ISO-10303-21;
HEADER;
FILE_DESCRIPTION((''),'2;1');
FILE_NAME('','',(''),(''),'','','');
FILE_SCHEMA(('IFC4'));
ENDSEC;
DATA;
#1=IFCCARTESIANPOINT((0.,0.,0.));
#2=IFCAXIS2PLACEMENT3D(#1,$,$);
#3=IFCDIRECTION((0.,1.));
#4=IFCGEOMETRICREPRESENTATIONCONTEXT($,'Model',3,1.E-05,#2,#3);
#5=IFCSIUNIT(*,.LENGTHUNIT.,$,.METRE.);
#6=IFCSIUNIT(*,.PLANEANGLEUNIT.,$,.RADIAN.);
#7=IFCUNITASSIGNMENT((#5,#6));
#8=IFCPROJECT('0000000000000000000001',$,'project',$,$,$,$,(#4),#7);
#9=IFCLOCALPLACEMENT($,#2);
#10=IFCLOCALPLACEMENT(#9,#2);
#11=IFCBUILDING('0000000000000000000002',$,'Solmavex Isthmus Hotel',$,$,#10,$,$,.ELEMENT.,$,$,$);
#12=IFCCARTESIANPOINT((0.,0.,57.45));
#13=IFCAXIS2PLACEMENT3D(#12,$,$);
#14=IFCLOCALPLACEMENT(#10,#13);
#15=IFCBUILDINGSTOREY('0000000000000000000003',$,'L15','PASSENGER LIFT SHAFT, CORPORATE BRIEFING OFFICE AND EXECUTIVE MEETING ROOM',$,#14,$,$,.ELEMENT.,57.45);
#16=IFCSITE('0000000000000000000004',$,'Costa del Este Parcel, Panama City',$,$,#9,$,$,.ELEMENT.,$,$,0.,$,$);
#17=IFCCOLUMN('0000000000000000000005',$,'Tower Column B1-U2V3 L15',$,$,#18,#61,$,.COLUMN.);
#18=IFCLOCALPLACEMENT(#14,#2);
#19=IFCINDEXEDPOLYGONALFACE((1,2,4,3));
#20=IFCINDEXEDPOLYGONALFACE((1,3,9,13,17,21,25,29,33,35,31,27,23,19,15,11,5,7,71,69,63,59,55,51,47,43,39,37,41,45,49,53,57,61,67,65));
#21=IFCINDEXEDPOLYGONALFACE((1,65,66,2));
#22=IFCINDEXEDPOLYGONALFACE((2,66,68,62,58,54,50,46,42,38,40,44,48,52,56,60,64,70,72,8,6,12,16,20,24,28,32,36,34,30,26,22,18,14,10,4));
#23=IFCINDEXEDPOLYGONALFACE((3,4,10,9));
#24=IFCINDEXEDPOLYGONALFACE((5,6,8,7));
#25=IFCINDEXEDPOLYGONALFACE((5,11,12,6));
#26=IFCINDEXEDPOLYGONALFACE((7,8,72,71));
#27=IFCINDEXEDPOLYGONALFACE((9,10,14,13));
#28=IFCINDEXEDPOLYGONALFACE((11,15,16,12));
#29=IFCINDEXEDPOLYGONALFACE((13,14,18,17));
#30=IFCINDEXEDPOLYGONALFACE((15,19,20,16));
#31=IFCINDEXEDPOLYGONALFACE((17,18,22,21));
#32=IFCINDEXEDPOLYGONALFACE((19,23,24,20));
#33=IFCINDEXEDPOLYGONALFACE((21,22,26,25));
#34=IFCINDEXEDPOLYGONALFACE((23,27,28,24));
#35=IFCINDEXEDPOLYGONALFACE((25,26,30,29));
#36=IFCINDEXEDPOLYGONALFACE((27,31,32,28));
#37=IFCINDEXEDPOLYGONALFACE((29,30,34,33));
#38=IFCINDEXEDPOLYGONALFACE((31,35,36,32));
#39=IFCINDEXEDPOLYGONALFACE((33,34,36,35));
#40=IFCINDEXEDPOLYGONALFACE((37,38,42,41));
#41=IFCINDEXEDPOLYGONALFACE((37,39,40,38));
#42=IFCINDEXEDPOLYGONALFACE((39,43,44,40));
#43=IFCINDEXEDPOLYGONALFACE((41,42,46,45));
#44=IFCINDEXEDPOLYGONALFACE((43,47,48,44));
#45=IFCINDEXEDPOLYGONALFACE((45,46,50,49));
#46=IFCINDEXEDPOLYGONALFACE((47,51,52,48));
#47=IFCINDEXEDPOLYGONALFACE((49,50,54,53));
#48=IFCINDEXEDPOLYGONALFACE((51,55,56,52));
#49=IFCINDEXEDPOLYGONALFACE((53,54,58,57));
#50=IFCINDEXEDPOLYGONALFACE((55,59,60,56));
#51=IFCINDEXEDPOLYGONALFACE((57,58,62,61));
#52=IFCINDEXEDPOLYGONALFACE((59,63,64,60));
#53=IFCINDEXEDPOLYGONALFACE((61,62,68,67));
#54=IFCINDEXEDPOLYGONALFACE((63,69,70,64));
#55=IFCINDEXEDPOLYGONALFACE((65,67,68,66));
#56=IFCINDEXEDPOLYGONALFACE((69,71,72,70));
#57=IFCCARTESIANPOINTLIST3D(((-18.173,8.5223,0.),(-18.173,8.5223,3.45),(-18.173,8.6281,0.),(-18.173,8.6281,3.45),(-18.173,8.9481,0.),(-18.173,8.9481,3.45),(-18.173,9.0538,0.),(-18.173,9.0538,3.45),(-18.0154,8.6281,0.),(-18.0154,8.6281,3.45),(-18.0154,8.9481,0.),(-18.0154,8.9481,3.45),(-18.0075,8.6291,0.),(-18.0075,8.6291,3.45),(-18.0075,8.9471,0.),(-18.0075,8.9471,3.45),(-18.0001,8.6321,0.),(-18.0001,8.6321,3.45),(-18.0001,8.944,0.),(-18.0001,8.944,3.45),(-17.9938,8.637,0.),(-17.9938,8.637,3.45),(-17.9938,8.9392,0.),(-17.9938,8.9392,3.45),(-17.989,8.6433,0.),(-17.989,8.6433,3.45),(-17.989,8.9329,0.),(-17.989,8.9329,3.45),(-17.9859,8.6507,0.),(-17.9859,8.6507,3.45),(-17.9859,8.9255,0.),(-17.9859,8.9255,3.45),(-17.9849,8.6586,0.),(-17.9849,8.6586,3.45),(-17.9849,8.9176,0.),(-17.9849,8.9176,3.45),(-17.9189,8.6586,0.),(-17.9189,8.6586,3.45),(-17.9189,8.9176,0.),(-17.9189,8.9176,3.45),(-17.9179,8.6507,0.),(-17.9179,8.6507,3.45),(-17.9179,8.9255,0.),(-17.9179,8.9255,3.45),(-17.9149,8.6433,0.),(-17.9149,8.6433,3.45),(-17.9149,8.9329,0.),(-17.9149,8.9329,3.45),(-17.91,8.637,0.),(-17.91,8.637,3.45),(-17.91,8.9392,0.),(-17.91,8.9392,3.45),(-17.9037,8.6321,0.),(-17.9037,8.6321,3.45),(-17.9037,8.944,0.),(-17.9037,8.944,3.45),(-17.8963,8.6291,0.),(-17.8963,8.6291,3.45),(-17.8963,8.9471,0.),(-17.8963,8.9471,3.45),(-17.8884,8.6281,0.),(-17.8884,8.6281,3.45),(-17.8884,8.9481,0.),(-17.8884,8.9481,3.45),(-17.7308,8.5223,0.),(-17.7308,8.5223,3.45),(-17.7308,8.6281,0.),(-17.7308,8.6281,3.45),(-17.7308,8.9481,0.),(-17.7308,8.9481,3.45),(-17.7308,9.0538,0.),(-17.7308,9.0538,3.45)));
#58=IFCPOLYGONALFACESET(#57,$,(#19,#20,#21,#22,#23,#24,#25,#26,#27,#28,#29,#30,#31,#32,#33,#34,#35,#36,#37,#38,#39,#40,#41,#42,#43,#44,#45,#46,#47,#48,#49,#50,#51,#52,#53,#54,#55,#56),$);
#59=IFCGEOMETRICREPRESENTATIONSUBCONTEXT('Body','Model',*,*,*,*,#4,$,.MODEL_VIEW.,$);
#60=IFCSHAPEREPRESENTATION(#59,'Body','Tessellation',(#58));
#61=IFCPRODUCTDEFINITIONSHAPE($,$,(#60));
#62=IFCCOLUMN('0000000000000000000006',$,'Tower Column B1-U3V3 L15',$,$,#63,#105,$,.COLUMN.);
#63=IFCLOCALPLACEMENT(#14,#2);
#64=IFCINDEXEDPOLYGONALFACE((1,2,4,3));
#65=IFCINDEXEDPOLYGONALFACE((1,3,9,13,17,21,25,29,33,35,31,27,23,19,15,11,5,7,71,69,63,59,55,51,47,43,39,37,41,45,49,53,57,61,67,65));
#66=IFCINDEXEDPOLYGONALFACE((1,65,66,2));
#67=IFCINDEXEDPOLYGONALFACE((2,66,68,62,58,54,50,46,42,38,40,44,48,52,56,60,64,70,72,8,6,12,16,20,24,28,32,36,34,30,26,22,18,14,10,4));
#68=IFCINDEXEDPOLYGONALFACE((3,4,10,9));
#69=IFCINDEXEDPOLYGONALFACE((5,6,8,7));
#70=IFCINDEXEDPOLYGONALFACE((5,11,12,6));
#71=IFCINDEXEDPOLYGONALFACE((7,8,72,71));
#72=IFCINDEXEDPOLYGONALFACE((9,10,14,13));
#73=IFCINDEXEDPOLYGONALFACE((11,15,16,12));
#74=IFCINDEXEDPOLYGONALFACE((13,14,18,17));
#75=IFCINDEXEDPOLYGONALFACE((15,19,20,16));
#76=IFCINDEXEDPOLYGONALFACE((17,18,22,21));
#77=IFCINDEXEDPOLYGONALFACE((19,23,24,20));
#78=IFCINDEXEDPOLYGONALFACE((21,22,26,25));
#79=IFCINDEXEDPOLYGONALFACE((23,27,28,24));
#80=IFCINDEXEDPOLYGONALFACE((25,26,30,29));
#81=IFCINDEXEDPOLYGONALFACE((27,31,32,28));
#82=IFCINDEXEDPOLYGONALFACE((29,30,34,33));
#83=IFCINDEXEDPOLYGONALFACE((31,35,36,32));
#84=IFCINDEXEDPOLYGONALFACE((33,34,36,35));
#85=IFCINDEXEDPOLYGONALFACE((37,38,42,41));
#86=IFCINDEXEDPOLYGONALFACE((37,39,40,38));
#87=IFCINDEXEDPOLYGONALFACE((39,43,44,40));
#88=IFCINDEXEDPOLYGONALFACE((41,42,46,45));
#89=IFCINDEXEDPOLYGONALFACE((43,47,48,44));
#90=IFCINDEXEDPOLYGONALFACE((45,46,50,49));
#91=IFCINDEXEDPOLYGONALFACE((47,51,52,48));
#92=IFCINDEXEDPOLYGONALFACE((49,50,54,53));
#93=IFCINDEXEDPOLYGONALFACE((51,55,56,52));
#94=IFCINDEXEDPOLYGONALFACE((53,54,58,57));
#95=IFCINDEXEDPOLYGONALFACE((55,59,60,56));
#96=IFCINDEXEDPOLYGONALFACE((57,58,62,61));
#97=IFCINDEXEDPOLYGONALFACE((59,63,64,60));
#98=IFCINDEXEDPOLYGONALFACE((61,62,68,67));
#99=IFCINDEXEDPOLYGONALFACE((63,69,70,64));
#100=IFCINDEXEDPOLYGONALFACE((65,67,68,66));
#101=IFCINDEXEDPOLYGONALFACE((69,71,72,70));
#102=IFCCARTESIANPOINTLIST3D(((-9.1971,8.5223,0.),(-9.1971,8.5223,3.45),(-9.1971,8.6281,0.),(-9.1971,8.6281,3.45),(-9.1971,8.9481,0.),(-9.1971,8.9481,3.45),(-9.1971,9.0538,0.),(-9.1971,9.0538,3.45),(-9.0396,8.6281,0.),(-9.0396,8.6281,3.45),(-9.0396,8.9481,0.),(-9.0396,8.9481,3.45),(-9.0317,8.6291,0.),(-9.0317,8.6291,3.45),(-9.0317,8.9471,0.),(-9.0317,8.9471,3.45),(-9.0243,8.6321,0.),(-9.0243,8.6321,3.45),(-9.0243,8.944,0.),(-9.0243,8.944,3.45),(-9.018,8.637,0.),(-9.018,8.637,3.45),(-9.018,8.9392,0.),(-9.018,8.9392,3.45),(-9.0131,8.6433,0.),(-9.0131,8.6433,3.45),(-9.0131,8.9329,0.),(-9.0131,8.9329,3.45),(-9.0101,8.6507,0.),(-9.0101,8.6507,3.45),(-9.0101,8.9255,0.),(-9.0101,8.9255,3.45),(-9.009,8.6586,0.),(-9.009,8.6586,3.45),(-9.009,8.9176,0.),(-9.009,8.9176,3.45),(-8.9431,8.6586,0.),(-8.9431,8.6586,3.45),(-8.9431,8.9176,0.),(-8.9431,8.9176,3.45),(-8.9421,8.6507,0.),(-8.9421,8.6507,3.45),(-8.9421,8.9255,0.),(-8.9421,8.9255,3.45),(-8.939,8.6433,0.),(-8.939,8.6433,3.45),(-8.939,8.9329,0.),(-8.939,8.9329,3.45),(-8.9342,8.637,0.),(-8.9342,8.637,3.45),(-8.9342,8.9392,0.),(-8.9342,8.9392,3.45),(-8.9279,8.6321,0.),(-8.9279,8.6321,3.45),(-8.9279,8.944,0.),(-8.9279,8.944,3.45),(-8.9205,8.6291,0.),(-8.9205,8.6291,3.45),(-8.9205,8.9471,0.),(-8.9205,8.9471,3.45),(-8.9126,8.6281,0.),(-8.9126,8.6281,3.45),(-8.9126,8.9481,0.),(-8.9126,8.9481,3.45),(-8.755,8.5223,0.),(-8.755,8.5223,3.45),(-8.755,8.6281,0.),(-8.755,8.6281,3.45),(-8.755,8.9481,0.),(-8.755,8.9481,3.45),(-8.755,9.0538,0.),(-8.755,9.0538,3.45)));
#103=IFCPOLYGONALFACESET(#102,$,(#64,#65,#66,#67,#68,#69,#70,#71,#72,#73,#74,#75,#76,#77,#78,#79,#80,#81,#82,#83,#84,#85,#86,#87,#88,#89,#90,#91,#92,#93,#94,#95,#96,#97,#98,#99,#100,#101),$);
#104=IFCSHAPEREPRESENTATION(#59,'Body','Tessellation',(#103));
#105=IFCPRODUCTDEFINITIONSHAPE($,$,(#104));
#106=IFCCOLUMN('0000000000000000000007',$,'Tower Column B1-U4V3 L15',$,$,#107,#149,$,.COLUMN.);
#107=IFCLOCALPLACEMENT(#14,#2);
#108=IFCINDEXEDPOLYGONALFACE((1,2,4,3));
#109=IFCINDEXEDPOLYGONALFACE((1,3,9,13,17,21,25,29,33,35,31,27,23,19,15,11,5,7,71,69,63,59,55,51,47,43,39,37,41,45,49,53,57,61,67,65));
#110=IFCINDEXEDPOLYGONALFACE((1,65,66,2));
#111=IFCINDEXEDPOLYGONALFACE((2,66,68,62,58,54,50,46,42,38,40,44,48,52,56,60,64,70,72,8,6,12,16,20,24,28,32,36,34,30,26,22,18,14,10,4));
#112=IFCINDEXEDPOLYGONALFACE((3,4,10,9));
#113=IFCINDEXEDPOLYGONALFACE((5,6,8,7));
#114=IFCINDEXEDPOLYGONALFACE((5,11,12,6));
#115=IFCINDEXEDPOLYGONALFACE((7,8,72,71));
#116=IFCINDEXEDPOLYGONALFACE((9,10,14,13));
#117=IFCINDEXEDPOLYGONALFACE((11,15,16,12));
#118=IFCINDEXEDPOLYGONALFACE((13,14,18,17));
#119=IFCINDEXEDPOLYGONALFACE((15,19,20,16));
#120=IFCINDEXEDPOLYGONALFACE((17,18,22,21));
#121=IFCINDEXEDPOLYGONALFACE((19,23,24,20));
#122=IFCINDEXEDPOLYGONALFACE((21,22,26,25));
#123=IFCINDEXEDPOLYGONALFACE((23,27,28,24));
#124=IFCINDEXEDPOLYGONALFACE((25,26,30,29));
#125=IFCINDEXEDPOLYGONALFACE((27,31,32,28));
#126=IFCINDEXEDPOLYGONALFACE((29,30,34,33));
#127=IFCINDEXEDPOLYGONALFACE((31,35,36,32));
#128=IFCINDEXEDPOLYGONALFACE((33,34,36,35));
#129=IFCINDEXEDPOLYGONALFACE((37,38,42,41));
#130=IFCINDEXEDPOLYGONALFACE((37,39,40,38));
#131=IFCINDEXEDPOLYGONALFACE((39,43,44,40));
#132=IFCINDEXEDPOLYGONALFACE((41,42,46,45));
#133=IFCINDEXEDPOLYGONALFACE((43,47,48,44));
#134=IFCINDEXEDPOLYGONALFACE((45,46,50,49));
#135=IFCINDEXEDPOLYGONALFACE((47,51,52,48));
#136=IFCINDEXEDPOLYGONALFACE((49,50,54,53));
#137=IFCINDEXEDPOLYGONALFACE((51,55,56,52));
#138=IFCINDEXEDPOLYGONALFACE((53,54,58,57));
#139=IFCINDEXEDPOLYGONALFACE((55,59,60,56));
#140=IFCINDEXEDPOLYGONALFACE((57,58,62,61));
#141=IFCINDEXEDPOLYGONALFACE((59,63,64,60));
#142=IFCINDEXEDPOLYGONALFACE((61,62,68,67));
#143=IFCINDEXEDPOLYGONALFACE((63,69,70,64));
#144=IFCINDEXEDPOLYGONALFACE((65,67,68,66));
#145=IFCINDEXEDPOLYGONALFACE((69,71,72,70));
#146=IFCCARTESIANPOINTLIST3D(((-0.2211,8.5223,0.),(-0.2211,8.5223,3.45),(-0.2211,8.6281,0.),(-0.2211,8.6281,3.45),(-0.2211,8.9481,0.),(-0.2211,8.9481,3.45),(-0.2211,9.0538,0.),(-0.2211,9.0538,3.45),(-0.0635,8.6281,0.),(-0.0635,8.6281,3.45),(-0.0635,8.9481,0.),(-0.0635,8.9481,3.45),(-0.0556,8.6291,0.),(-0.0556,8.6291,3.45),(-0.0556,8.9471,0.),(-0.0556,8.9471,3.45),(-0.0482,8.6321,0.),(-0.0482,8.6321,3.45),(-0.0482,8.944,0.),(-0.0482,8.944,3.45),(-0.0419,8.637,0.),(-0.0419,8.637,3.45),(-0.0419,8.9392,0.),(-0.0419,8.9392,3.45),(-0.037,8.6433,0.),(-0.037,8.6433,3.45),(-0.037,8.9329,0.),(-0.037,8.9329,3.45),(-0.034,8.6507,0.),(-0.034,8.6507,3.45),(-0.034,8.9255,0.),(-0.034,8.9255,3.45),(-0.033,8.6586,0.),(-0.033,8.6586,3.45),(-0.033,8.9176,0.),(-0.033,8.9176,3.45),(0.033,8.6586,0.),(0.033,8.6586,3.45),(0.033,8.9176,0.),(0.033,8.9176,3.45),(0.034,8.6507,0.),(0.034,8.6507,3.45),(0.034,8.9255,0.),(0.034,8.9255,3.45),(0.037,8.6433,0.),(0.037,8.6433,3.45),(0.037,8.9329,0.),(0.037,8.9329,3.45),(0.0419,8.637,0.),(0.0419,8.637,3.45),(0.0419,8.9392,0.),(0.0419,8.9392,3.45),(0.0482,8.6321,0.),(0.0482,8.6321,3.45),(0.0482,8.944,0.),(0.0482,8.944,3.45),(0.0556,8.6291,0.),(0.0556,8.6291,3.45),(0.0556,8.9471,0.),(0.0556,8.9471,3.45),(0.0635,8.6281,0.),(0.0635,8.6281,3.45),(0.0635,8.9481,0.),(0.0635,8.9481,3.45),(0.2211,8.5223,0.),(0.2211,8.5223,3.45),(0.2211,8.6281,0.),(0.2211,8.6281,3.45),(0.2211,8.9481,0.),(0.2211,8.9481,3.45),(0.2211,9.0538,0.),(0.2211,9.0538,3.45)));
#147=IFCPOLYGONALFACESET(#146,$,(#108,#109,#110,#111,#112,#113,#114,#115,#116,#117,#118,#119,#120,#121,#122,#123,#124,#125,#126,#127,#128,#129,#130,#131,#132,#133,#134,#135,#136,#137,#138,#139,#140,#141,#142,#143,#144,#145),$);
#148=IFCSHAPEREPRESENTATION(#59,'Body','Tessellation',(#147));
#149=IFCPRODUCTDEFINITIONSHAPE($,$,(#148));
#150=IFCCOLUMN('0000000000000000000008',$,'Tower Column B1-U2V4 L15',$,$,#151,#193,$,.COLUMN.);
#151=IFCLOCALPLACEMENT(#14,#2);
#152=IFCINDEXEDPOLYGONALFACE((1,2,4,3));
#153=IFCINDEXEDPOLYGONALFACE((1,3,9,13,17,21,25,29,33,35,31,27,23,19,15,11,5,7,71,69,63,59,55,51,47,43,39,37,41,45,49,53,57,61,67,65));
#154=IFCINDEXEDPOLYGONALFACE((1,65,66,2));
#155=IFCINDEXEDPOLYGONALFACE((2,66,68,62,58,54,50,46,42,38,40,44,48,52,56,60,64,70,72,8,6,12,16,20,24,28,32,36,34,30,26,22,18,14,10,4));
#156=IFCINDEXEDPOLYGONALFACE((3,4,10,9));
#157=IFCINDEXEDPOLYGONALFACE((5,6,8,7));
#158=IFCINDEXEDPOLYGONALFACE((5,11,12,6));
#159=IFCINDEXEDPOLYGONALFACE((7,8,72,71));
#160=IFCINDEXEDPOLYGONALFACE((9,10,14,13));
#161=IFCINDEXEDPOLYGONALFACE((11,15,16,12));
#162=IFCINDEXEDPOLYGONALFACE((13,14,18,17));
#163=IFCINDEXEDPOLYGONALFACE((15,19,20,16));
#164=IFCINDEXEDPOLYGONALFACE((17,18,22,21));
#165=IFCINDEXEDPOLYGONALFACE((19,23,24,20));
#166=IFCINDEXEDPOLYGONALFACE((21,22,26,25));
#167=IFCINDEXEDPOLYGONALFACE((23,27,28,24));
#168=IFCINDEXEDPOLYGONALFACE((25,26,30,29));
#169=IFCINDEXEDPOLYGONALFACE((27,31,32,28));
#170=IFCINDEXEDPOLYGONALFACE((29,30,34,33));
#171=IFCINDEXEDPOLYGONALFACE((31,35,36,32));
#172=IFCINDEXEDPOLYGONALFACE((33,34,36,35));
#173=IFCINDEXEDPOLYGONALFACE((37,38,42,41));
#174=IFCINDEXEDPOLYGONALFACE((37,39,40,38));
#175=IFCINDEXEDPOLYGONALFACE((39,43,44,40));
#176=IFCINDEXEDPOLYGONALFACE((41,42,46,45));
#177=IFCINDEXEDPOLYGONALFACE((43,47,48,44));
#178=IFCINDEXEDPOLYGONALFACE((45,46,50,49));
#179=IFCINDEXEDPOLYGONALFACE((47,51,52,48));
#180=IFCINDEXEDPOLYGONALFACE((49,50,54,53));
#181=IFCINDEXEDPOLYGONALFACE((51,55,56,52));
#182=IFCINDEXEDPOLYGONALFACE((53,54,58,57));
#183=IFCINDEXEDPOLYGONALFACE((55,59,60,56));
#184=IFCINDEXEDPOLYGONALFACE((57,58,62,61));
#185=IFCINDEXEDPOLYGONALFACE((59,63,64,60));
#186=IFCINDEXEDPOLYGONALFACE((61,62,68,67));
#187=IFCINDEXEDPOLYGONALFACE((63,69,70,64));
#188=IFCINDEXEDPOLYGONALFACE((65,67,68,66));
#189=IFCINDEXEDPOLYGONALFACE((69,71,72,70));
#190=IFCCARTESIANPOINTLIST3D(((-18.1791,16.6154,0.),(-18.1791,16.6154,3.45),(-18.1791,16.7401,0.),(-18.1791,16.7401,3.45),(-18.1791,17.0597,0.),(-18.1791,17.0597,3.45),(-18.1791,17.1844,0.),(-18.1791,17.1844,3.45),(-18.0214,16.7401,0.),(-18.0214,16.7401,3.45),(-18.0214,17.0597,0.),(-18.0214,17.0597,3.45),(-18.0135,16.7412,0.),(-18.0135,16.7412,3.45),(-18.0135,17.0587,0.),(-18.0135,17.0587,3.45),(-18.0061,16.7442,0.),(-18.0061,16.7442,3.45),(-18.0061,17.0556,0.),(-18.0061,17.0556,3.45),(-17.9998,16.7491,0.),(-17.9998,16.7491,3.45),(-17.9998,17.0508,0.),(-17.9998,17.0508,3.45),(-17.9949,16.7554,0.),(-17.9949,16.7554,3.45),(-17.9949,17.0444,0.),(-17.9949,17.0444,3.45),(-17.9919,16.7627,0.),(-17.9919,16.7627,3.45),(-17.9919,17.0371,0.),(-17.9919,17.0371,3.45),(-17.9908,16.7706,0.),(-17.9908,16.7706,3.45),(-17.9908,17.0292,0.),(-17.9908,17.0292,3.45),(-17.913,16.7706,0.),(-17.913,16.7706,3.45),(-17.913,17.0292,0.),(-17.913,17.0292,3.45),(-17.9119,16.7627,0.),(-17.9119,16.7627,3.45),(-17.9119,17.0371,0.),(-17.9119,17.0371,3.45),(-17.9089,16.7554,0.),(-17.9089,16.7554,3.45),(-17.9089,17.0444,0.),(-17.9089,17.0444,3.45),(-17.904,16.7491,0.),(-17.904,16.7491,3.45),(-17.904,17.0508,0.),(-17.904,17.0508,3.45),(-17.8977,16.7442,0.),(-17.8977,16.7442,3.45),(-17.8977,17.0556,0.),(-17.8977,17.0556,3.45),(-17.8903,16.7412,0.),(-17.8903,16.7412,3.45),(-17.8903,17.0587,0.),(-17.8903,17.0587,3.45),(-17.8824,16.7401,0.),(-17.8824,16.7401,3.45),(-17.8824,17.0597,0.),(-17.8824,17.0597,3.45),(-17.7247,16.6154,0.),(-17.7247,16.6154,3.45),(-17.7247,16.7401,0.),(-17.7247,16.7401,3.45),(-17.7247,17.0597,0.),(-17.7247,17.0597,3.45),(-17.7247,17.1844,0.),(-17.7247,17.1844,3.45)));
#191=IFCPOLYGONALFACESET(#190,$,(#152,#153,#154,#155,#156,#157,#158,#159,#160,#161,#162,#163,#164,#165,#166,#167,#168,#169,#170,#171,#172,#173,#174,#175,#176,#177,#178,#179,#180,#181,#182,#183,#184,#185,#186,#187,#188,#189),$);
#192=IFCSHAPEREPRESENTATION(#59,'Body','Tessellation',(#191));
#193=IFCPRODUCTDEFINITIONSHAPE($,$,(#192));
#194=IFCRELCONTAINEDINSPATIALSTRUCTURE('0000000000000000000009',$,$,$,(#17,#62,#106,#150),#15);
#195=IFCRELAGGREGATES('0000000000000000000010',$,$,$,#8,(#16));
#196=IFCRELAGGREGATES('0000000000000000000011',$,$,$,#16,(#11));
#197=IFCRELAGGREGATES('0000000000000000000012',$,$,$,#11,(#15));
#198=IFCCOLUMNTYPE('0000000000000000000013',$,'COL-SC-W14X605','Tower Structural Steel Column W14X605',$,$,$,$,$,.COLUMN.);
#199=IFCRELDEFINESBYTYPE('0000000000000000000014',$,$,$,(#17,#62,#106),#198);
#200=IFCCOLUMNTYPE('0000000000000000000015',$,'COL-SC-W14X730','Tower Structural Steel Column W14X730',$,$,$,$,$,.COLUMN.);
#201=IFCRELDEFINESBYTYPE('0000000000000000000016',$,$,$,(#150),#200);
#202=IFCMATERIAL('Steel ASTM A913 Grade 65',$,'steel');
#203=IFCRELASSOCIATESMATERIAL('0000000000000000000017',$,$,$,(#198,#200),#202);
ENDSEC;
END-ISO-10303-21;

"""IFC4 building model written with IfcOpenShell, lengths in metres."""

from ifc_helpers import new_model, si_unit, direction, frame, origin, origin_2d, place, context, subcontext, project, spatial, i_section, extrude, material, material_profile, profile_set, type_object, element, save


model = new_model("IFC4")

# Units and contexts
model_context = context("Model", 3, precision=1e-05, world=origin(), true_north=direction((0.0, 1.0)))
body_context = subcontext(model_context, "Body", "Model", "MODEL_VIEW")
ifc_project = project(units=[si_unit("LENGTHUNIT", "METRE"), si_unit("PLANEANGLEUNIT", "RADIAN")], contexts=[model_context])

# Site, building, storey
site_placement = place(None, origin())
site = spatial("IfcSite", under=ifc_project, at=site_placement, Name="Costa del Este Parcel, Panama City", CompositionType="ELEMENT", RefElevation=0.0)
building_placement = place(site_placement, origin())
building = spatial("IfcBuilding", under=site, at=building_placement, Name="Solmavex Isthmus Hotel", CompositionType="ELEMENT")
storey_placement = place(building_placement, frame((0.0, 0.0, 57.45)))
storey = spatial("IfcBuildingStorey", under=building, at=storey_placement, Name="L15", Description="PASSENGER LIFT SHAFT, CORPORATE BRIEFING OFFICE AND EXECUTIVE MEETING ROOM", CompositionType="ELEMENT", Elevation=57.45)

# Columns
ifc_material_1 = material(Name="Steel ASTM A913 Grade 65", Category="steel")
ifc_material_profile_1 = material_profile(ifc_material_1, i_section(OverallWidth=0.4421, OverallDepth=0.5315, WebThickness=0.0659, FlangeThickness=0.1057, FilletRadius=0.0305, at=origin_2d()), Name="W14X605")
ifc_profile_set_1 = profile_set([ifc_material_profile_1], Name="Steel ASTM A913 Grade 65")
column_type_1 = type_object("IfcColumnType", Name="COL-SC-W14X605", Description="Tower Structural Steel Column W14X605", PredefinedType="COLUMN", material=ifc_profile_set_1)
for number, where, z_axis, x_axis, name in (
    (1, (-17.9519, 8.7881, 0.0), (0.0, 0.0, 1.0), (1.0, 0.0, 0.0), "Tower Column B1-U2V3 L15"),
    (2, (-8.9761, 8.7881, 0.0), (0.0, 0.0, 1.0), (1.0, 0.0, 0.0), "Tower Column B1-U3V3 L15"),
    (3, (0.0, 8.7881, 0.0), (0.0, 0.0, 1.0), (1.0, 0.0, 0.0), "Tower Column B1-U4V3 L15"),
):
    element("IfcColumn", number, at=place(storey_placement, frame(where, z_axis=z_axis, x_axis=x_axis)), inside=storey, type_object=column_type_1, Name=name, PredefinedType="COLUMN", context=body_context, shape_type="SweptSolid", body=[
        extrude(i_section(OverallWidth=0.4421, OverallDepth=0.5315, WebThickness=0.0659, FlangeThickness=0.1057, FilletRadius=0.0305, at=origin_2d()), origin(), (0.0, 0.0, 1.0), 3.45),
    ])
ifc_material_profile_2 = material_profile(ifc_material_1, i_section(OverallWidth=0.4543, OverallDepth=0.5691, WebThickness=0.0779, FlangeThickness=0.1248, FilletRadius=0.0305, at=origin_2d()), Name="W14X730")
ifc_profile_set_2 = profile_set([ifc_material_profile_2], Name="Steel ASTM A913 Grade 65")
column_type_2 = type_object("IfcColumnType", Name="COL-SC-W14X730", Description="Tower Structural Steel Column W14X730", PredefinedType="COLUMN", material=ifc_profile_set_2)
for number, where, z_axis, x_axis, name in (
    (4, (-17.9519, 16.8999, 0.0), (0.0, 0.0, 1.0), (1.0, 0.0, 0.0), "Tower Column B1-U2V4 L15"),
):
    element("IfcColumn", number, at=place(storey_placement, frame(where, z_axis=z_axis, x_axis=x_axis)), inside=storey, type_object=column_type_2, Name=name, PredefinedType="COLUMN", context=body_context, shape_type="SweptSolid", body=[
        extrude(i_section(OverallWidth=0.4543, OverallDepth=0.5691, WebThickness=0.0779, FlangeThickness=0.1248, FilletRadius=0.0305, at=origin_2d()), origin(), (0.0, 0.0, 1.0), 3.45),
    ])

save(model, "model.ifc")
